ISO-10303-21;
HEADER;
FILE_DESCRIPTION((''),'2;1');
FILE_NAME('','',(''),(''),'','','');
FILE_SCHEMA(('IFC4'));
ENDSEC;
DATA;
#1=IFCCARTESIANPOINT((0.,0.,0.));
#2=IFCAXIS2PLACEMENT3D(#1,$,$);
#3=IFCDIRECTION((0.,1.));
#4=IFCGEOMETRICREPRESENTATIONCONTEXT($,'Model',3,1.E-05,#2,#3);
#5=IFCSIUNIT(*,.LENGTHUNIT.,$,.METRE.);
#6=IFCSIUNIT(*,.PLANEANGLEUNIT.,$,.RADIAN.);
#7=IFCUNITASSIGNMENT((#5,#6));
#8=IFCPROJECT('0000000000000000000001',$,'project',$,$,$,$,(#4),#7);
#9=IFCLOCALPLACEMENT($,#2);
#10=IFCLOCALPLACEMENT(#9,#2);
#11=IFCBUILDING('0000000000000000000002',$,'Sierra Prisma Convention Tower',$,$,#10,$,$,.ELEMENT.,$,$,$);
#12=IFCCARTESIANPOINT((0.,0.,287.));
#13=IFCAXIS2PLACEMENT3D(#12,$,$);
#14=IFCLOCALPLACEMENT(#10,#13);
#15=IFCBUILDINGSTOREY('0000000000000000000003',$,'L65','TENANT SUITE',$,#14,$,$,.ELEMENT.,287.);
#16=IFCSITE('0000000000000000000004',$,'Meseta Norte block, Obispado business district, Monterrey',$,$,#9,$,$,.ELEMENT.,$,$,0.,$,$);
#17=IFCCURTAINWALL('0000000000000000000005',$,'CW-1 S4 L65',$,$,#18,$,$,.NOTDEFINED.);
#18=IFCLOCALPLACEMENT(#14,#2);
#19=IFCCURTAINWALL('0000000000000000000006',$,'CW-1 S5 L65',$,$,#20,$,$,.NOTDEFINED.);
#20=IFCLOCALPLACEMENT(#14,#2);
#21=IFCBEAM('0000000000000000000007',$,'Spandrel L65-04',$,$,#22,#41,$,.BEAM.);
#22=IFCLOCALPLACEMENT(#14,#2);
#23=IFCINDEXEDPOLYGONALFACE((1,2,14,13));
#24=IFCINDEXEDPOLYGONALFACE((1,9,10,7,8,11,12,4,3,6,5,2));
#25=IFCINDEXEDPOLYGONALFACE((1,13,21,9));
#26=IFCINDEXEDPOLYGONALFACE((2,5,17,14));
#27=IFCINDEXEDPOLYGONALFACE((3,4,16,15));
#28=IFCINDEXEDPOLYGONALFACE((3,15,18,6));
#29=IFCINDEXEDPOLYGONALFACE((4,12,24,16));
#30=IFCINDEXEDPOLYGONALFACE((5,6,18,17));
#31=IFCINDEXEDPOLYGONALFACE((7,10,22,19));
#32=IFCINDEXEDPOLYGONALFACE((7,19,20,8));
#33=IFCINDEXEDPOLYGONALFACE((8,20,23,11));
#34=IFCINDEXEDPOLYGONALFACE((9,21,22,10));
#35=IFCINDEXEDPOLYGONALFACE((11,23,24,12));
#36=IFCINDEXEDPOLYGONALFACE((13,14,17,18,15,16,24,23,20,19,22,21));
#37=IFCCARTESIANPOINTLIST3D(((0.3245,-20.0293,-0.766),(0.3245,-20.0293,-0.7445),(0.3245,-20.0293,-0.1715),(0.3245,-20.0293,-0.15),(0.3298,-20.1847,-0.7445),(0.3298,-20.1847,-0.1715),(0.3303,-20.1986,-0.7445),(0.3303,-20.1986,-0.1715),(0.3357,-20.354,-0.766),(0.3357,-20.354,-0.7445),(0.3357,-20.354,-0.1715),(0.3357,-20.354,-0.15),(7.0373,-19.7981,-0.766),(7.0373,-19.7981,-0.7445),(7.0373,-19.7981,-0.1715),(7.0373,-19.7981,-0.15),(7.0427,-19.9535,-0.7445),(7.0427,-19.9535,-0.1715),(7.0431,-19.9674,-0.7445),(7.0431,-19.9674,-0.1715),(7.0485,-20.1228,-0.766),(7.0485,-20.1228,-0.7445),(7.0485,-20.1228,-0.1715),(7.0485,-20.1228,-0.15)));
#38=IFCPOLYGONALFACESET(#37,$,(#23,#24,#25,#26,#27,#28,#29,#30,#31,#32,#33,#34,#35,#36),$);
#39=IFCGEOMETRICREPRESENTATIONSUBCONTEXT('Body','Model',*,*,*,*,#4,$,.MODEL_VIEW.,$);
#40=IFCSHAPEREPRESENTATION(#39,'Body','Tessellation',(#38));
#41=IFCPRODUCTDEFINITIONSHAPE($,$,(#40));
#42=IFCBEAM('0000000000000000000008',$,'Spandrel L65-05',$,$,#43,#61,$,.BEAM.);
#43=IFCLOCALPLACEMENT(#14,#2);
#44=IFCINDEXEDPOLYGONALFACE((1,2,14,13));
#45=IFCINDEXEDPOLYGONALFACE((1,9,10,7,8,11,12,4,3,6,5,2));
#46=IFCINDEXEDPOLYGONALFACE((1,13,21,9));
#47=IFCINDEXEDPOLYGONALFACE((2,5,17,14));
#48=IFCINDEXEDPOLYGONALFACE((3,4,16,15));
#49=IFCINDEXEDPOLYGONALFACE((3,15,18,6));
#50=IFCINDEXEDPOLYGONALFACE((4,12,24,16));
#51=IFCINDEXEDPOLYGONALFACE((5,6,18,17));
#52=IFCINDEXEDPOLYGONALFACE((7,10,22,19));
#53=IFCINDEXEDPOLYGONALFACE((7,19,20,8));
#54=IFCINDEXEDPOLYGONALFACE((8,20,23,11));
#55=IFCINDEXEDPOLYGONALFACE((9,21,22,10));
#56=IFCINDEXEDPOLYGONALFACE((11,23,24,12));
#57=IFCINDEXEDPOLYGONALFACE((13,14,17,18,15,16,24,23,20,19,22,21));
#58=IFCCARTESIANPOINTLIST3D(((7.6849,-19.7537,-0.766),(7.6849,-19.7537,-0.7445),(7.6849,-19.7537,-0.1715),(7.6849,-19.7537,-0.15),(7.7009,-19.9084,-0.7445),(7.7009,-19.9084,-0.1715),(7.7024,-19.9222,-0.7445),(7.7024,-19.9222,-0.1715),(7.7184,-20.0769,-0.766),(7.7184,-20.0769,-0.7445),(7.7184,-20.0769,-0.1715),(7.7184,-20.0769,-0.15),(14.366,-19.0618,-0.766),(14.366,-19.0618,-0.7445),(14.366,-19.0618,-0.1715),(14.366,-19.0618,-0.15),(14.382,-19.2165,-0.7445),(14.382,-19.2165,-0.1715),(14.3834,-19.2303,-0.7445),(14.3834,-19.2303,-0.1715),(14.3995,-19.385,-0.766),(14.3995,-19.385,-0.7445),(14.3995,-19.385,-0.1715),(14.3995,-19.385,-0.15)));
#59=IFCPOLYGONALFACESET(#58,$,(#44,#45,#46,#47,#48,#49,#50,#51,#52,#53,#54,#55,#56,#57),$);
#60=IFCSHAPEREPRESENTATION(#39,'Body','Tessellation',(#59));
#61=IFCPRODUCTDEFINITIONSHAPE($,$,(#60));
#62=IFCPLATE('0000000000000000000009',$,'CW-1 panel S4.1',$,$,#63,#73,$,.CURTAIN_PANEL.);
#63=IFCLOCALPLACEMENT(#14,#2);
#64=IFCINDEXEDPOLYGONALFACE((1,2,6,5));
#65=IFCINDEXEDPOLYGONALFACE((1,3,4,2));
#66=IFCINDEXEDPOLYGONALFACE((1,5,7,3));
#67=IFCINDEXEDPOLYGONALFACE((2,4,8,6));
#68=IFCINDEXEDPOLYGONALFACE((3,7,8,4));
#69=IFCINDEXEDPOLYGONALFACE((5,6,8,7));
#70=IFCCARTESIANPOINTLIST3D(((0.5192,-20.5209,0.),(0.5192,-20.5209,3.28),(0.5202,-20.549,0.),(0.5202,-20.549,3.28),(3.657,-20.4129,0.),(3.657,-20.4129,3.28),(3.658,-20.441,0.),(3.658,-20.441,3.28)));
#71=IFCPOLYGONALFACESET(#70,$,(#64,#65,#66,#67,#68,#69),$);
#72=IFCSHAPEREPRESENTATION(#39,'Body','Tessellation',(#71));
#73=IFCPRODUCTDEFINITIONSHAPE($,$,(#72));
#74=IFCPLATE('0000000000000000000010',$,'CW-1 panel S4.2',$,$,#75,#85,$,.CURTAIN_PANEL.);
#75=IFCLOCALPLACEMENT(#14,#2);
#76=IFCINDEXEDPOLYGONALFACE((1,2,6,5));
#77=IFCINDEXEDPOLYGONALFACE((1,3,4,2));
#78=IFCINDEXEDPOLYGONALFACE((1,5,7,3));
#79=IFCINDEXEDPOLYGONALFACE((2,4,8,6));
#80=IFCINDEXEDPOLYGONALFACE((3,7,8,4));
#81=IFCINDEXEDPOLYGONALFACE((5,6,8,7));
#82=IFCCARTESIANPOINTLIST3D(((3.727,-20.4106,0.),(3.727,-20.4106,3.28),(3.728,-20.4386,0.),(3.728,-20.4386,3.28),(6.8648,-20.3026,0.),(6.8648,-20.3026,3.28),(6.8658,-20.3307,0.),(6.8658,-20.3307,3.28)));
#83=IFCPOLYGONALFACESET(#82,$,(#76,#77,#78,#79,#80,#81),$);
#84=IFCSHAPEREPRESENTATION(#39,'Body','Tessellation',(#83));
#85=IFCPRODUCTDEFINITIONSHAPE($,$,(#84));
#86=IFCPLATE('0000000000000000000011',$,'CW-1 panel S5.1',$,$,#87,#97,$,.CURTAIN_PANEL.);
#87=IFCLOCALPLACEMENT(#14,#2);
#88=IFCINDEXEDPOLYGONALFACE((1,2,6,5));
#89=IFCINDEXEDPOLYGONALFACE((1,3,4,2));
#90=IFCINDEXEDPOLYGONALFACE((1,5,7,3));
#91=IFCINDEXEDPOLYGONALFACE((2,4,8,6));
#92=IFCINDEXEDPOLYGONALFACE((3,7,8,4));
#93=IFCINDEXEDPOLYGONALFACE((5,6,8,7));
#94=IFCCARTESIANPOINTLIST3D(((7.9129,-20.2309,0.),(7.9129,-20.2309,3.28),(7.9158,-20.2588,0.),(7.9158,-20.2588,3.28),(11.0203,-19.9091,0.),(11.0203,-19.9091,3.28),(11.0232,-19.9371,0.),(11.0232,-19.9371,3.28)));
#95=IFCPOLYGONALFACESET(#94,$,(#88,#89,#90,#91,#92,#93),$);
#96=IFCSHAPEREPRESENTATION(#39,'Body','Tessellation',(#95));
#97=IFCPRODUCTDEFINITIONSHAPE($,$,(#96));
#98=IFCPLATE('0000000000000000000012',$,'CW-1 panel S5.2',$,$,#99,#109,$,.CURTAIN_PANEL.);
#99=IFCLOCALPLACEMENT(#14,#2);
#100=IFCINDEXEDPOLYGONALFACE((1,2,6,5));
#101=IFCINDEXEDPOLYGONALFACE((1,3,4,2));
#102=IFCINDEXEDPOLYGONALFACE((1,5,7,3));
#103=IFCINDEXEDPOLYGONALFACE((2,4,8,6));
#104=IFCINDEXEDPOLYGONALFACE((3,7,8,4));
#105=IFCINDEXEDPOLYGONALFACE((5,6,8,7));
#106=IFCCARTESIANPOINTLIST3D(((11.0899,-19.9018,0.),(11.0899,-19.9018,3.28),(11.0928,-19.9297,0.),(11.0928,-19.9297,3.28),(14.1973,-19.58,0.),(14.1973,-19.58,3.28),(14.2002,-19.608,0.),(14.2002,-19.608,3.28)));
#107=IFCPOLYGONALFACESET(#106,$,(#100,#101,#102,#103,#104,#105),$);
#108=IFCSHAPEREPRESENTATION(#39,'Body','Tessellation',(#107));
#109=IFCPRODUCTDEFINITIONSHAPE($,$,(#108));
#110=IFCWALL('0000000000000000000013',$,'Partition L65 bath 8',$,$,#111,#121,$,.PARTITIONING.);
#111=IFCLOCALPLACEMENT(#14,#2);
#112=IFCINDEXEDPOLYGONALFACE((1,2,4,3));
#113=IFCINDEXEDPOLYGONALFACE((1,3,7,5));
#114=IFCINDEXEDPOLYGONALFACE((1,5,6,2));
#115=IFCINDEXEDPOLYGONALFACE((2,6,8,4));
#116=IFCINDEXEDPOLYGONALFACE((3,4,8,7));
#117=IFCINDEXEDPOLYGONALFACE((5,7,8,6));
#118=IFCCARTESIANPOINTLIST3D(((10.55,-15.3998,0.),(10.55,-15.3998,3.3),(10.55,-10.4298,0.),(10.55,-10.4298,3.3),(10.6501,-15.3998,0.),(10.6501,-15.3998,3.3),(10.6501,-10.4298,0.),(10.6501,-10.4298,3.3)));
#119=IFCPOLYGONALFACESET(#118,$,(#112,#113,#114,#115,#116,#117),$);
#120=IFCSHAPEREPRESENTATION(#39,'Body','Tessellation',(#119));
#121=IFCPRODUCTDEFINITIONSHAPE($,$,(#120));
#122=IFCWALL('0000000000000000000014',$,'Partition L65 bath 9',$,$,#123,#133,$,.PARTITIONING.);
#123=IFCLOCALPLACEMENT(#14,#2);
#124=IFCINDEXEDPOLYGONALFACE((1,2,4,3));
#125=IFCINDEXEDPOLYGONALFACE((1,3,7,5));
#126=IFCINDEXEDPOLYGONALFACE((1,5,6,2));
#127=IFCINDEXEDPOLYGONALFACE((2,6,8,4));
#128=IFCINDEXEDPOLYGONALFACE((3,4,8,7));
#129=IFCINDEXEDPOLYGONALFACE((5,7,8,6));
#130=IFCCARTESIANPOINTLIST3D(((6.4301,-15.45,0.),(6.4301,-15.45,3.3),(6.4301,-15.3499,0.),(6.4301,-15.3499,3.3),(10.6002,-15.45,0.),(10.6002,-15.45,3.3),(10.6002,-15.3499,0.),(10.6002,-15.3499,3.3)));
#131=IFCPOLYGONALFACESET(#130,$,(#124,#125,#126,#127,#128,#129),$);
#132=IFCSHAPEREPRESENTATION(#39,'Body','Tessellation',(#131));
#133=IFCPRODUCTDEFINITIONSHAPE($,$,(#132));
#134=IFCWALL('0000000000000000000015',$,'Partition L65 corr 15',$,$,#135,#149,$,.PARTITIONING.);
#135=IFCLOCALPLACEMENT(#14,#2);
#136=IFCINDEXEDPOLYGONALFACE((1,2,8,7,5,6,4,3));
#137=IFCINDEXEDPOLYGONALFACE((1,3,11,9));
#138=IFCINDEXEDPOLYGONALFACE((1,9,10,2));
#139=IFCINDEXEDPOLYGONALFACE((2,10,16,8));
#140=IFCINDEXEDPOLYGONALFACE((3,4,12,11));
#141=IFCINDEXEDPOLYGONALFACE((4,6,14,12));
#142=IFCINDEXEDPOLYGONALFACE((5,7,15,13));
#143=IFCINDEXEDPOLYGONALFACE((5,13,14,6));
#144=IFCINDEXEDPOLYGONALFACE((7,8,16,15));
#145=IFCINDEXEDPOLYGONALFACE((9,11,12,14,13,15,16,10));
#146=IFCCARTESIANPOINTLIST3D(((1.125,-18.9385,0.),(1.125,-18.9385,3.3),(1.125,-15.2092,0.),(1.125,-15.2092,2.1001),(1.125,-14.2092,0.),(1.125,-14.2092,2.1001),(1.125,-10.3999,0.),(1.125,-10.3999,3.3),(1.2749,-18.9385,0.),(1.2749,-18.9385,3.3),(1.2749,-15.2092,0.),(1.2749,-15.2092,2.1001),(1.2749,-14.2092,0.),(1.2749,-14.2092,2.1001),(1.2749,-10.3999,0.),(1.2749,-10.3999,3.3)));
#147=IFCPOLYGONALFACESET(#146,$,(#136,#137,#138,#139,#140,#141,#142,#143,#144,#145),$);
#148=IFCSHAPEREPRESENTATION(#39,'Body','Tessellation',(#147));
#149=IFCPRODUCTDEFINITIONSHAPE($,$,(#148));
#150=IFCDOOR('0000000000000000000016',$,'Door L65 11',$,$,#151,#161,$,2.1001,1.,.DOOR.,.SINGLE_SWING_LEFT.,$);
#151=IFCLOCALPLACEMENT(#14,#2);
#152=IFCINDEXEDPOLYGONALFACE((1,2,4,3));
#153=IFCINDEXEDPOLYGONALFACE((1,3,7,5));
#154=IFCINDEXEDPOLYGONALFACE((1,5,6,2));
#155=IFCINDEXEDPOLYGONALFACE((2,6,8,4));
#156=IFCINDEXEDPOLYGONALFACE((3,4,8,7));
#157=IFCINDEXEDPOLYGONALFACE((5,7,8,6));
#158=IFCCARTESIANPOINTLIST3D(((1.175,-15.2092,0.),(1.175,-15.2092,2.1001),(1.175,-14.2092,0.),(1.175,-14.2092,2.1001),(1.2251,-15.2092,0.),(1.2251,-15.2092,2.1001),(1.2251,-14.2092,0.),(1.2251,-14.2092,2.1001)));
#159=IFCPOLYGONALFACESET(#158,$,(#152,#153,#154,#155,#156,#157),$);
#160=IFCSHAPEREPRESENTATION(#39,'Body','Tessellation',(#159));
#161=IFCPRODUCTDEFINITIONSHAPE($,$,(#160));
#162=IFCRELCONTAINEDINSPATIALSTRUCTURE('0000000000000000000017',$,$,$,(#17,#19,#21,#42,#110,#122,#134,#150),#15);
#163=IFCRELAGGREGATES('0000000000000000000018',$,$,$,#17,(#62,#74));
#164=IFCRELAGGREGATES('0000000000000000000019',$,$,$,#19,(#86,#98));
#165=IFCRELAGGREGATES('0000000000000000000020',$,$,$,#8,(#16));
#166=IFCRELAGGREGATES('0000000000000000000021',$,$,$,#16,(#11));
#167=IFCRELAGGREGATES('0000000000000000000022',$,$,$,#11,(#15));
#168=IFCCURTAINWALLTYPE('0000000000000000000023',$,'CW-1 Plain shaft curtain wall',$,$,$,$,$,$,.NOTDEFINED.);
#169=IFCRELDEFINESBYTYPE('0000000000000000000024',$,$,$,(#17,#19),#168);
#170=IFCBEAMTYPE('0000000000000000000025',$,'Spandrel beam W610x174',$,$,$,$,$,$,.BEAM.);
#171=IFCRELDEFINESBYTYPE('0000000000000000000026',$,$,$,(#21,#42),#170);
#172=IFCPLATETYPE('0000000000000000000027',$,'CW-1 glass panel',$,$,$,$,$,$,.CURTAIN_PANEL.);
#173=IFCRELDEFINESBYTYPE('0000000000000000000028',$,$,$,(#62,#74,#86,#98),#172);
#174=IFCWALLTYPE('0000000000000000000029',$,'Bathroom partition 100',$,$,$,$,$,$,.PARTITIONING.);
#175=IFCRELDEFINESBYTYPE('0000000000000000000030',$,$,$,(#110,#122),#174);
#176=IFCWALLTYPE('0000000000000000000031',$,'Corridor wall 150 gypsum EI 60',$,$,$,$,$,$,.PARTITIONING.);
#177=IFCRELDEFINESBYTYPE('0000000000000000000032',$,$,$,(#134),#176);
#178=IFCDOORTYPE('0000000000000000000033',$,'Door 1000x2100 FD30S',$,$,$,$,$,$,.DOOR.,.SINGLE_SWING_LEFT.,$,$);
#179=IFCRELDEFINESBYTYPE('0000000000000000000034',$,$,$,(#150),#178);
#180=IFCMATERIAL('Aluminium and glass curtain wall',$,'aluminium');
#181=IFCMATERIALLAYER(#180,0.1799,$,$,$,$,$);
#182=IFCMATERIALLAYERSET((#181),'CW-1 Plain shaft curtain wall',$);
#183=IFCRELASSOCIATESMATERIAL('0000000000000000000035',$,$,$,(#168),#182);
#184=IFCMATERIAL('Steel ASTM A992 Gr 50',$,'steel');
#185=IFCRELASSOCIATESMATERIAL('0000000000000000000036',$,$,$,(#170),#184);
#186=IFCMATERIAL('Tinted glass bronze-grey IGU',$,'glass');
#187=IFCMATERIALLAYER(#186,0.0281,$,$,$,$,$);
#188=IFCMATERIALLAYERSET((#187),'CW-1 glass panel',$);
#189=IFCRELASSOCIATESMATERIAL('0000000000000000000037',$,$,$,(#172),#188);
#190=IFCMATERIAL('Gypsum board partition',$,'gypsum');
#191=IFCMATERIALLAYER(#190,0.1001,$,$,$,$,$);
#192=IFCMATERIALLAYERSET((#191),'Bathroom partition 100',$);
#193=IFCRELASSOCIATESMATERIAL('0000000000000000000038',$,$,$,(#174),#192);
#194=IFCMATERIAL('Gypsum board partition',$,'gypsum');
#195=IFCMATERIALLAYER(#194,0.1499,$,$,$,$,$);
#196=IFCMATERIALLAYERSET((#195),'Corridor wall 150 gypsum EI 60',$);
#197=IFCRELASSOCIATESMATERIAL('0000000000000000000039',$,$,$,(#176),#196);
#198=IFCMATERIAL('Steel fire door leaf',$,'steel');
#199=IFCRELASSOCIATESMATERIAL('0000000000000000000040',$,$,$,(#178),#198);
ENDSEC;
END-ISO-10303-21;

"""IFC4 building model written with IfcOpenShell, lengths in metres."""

from ifc_helpers import new_model, si_unit, direction, frame, frame_2d, origin, origin_2d, place, context, subcontext, project, spatial, rectangle, i_section, extrude, material, layer, layer_set, material_profile, profile_set, type_object, element, fill, aggregate, save


model = new_model("IFC4")

# Units and contexts
model_context = context("Model", 3, precision=1e-05, world=origin(), true_north=direction((0.0, 1.0)))
body_context = subcontext(model_context, "Body", "Model", "MODEL_VIEW")
ifc_project = project(units=[si_unit("LENGTHUNIT", "METRE"), si_unit("PLANEANGLEUNIT", "RADIAN")], contexts=[model_context])

# Site, building, storey
site_placement = place(None, origin())
site = spatial("IfcSite", under=ifc_project, at=site_placement, Name="Meseta Norte block, Obispado business district, Monterrey", CompositionType="ELEMENT", RefElevation=0.0)
building_placement = place(site_placement, origin())
building = spatial("IfcBuilding", under=site, at=building_placement, Name="Sierra Prisma Convention Tower", CompositionType="ELEMENT")
storey_placement = place(building_placement, frame((0.0, 0.0, 287.0)))
storey = spatial("IfcBuildingStorey", under=building, at=storey_placement, Name="L65", Description="TENANT SUITE", CompositionType="ELEMENT", Elevation=287.0)

# Curtain wall
ifc_material_1 = material(Name="Aluminium and glass curtain wall", Category="aluminium")
ifc_layer_1 = layer(ifc_material_1, 0.1799)
ifc_layer_set_1 = layer_set([ifc_layer_1], Name="CW-1 Plain shaft curtain wall")
curtain_wall_type = type_object("IfcCurtainWallType", Name="CW-1 Plain shaft curtain wall", PredefinedType="NOTDEFINED", material=ifc_layer_set_1)
curtain_wall_1_placement = place(storey_placement, origin())
curtain_wall_1 = element("IfcCurtainWall", 1, at=curtain_wall_1_placement, inside=storey, type_object=curtain_wall_type, Name="CW-1 S4 L65", PredefinedType="NOTDEFINED")

# Curtain wall
curtain_wall_2_placement = place(storey_placement, origin())
curtain_wall_2 = element("IfcCurtainWall", 2, at=curtain_wall_2_placement, inside=storey, type_object=curtain_wall_type, Name="CW-1 S5 L65", PredefinedType="NOTDEFINED")

# Beams
ifc_material_2 = material(Name="Steel ASTM A992 Gr 50", Category="steel")
ifc_material_profile_1 = material_profile(ifc_material_2, i_section(OverallWidth=0.325, OverallDepth=0.616, WebThickness=0.0139, FlangeThickness=0.0215, at=origin_2d()), Name="W610x174")
ifc_profile_set_1 = profile_set([ifc_material_profile_1], Name="Steel ASTM A992 Gr 50")
beam_type_1 = type_object("IfcBeamType", Name="Spandrel beam W610x174", PredefinedType="BEAM", material=ifc_profile_set_1)
for number, where, z_axis, x_axis, name in (
    (3, (0.3301, -20.1917, -0.458), (0.999407, 0.034421, 0.0), (-0.034421, 0.999407, 0.0), "Spandrel L65-04"),
    (4, (7.7017, -19.9153, -0.458), (0.99468, 0.103008, 0.0), (-0.103008, 0.99468, 0.0), "Spandrel L65-05"),
):
    element("IfcBeam", number, at=place(storey_placement, frame(where, z_axis=z_axis, x_axis=x_axis)), inside=storey, type_object=beam_type_1, Name=name, PredefinedType="BEAM", context=body_context, shape_type="SweptSolid", body=[
        extrude(i_section(OverallWidth=0.325, OverallDepth=0.616, WebThickness=0.0139, FlangeThickness=0.0215, at=origin_2d()), origin(), (0.0, 0.0, 1.0), 6.7168),
    ])

# Plates
ifc_material_3 = material(Name="Tinted glass bronze-grey IGU", Category="glass")
ifc_layer_2 = layer(ifc_material_3, 0.0281)
ifc_layer_set_2 = layer_set([ifc_layer_2], Name="CW-1 glass panel")
plate_type = type_object("IfcPlateType", Name="CW-1 glass panel", PredefinedType="CURTAIN_PANEL", material=ifc_layer_set_2)
plate_1_placement = place(storey_placement, frame((2.0886, -20.481, 0.0), z_axis=(0.0, 0.0, 1.0), x_axis=(0.999409, 0.034386, 0.0)))
plate_1 = element("IfcPlate", 5, at=plate_1_placement, type_object=plate_type, Name="CW-1 panel S4.1", PredefinedType="CURTAIN_PANEL", context=body_context, shape_type="SweptSolid", body=[
    extrude(rectangle(XDim=3.1396, YDim=0.0281, at=origin_2d()), origin(), (0.0, 0.0, 1.0), 3.28),
])
plate_2_placement = place(storey_placement, frame((5.2964, -20.3706, 0.0), z_axis=(0.0, 0.0, 1.0), x_axis=(0.999409, 0.034386, 0.0)))
plate_2 = element("IfcPlate", 6, at=plate_2_placement, type_object=plate_type, Name="CW-1 panel S4.2", PredefinedType="CURTAIN_PANEL", context=body_context, shape_type="SweptSolid", body=[
    extrude(rectangle(XDim=3.1396, YDim=0.0281, at=origin_2d()), origin(), (0.0, 0.0, 1.0), 3.28),
])
aggregate(curtain_wall_1, [plate_1, plate_2])
plate_3_placement = place(storey_placement, frame((9.468, -20.084, 0.0), z_axis=(0.0, 0.0, 1.0), x_axis=(0.994682, 0.102994, 0.0)))
plate_3 = element("IfcPlate", 7, at=plate_3_placement, type_object=plate_type, Name="CW-1 panel S5.1", PredefinedType="CURTAIN_PANEL", context=body_context, shape_type="SweptSolid", body=[
    extrude(rectangle(XDim=3.124, YDim=0.0281, at=origin_2d()), origin(), (0.0, 0.0, 1.0), 3.28),
])
plate_4_placement = place(storey_placement, frame((12.645, -19.7549, 0.0), z_axis=(0.0, 0.0, 1.0), x_axis=(0.994682, 0.102994, 0.0)))
plate_4 = element("IfcPlate", 8, at=plate_4_placement, type_object=plate_type, Name="CW-1 panel S5.2", PredefinedType="CURTAIN_PANEL", context=body_context, shape_type="SweptSolid", body=[
    extrude(rectangle(XDim=3.124, YDim=0.0281, at=origin_2d()), origin(), (0.0, 0.0, 1.0), 3.28),
])
aggregate(curtain_wall_2, [plate_3, plate_4])

# Walls
ifc_material_4 = material(Name="Gypsum board partition", Category="gypsum")
ifc_layer_3 = layer(ifc_material_4, 0.1001)
ifc_layer_set_3 = layer_set([ifc_layer_3], Name="Bathroom partition 100")
wall_type_1 = type_object("IfcWallType", Name="Bathroom partition 100", PredefinedType="PARTITIONING", material=ifc_layer_set_3)
wall_1_placement = place(storey_placement, frame((10.6001, -10.4299, 0.0), z_axis=(0.0, 0.0, 1.0), x_axis=(0.0, -1.0, 0.0)))
element("IfcWall", 9, at=wall_1_placement, inside=storey, type_object=wall_type_1, Name="Partition L65 bath 8", PredefinedType="PARTITIONING", context=body_context, shape_type="SweptSolid", body=[
    extrude(rectangle(XDim=4.97, YDim=0.1001, at=frame_2d((2.4849, 0.0))), origin(), (0.0, 0.0, 1.0), 3.3),
])
wall_2_placement = place(storey_placement, frame((10.6001, -15.3999, 0.0), z_axis=(0.0, 0.0, 1.0), x_axis=(-1.0, 0.0, 0.0)))
element("IfcWall", 10, at=wall_2_placement, inside=storey, type_object=wall_type_1, Name="Partition L65 bath 9", PredefinedType="PARTITIONING", context=body_context, shape_type="SweptSolid", body=[
    extrude(rectangle(XDim=4.1702, YDim=0.1001, at=frame_2d((2.085, 0.0))), origin(), (0.0, 0.0, 1.0), 3.3),
])

# Wall, opening, door
ifc_material_5 = material(Name="Gypsum board partition", Category="gypsum")
ifc_layer_4 = layer(ifc_material_5, 0.1499)
ifc_layer_set_4 = layer_set([ifc_layer_4], Name="Corridor wall 150 gypsum EI 60")
wall_type_2 = type_object("IfcWallType", Name="Corridor wall 150 gypsum EI 60", PredefinedType="PARTITIONING", material=ifc_layer_set_4)
wall_3_placement = place(storey_placement, frame((1.2, -18.9385, 0.0), z_axis=(0.0, 0.0, 1.0), x_axis=(0.0, 1.0, 0.0)))
wall_3 = element("IfcWall", 11, at=wall_3_placement, inside=storey, type_object=wall_type_2, Name="Partition L65 corr 15", PredefinedType="PARTITIONING", context=body_context, shape_type="SweptSolid", body=[
    extrude(rectangle(XDim=8.5386, YDim=0.1499, at=frame_2d((4.2693, 0.0))), origin(), (0.0, 0.0, 1.0), 3.3),
])
opening_1_placement = place(wall_3_placement, frame((3.7292, 0.0, 0.0)))
opening_1 = element("IfcOpeningElement", 12, at=opening_1_placement, cuts=wall_3, PredefinedType="OPENING", context=body_context, shape_type="SweptSolid", body=[
    extrude(rectangle(XDim=1.0, YDim=2.1001, at=frame_2d((0.5, 1.05))), frame((0.0, 0.075, 0.0), z_axis=(0.0, -1.0, 0.0), x_axis=(1.0, 0.0, 0.0)), (0.0, 0.0, 1.0), 0.1499),
])
ifc_material_6 = material(Name="Steel fire door leaf", Category="steel")
door_type_1 = type_object("IfcDoorType", Name="Door 1000x2100 FD30S", OperationType="SINGLE_SWING_LEFT", PredefinedType="DOOR", material=ifc_material_6)
door_1_placement = place(opening_1_placement, origin())
door_1 = element("IfcDoor", 13, at=door_1_placement, inside=storey, type_object=door_type_1, Name="Door L65 11", OperationType="SINGLE_SWING_LEFT", OverallHeight=2.1001, OverallWidth=1.0, PredefinedType="DOOR", context=body_context, shape_type="SweptSolid", body=[
    extrude(rectangle(XDim=1.0, YDim=2.1001, at=frame_2d((0.5, 1.05))), frame((0.0, 0.0249, 0.0), z_axis=(0.0, -1.0, 0.0), x_axis=(1.0, 0.0, 0.0)), (0.0, 0.0, 1.0), 0.05),
])
fill(opening_1, door_1)

save(model, "model.ifc")
